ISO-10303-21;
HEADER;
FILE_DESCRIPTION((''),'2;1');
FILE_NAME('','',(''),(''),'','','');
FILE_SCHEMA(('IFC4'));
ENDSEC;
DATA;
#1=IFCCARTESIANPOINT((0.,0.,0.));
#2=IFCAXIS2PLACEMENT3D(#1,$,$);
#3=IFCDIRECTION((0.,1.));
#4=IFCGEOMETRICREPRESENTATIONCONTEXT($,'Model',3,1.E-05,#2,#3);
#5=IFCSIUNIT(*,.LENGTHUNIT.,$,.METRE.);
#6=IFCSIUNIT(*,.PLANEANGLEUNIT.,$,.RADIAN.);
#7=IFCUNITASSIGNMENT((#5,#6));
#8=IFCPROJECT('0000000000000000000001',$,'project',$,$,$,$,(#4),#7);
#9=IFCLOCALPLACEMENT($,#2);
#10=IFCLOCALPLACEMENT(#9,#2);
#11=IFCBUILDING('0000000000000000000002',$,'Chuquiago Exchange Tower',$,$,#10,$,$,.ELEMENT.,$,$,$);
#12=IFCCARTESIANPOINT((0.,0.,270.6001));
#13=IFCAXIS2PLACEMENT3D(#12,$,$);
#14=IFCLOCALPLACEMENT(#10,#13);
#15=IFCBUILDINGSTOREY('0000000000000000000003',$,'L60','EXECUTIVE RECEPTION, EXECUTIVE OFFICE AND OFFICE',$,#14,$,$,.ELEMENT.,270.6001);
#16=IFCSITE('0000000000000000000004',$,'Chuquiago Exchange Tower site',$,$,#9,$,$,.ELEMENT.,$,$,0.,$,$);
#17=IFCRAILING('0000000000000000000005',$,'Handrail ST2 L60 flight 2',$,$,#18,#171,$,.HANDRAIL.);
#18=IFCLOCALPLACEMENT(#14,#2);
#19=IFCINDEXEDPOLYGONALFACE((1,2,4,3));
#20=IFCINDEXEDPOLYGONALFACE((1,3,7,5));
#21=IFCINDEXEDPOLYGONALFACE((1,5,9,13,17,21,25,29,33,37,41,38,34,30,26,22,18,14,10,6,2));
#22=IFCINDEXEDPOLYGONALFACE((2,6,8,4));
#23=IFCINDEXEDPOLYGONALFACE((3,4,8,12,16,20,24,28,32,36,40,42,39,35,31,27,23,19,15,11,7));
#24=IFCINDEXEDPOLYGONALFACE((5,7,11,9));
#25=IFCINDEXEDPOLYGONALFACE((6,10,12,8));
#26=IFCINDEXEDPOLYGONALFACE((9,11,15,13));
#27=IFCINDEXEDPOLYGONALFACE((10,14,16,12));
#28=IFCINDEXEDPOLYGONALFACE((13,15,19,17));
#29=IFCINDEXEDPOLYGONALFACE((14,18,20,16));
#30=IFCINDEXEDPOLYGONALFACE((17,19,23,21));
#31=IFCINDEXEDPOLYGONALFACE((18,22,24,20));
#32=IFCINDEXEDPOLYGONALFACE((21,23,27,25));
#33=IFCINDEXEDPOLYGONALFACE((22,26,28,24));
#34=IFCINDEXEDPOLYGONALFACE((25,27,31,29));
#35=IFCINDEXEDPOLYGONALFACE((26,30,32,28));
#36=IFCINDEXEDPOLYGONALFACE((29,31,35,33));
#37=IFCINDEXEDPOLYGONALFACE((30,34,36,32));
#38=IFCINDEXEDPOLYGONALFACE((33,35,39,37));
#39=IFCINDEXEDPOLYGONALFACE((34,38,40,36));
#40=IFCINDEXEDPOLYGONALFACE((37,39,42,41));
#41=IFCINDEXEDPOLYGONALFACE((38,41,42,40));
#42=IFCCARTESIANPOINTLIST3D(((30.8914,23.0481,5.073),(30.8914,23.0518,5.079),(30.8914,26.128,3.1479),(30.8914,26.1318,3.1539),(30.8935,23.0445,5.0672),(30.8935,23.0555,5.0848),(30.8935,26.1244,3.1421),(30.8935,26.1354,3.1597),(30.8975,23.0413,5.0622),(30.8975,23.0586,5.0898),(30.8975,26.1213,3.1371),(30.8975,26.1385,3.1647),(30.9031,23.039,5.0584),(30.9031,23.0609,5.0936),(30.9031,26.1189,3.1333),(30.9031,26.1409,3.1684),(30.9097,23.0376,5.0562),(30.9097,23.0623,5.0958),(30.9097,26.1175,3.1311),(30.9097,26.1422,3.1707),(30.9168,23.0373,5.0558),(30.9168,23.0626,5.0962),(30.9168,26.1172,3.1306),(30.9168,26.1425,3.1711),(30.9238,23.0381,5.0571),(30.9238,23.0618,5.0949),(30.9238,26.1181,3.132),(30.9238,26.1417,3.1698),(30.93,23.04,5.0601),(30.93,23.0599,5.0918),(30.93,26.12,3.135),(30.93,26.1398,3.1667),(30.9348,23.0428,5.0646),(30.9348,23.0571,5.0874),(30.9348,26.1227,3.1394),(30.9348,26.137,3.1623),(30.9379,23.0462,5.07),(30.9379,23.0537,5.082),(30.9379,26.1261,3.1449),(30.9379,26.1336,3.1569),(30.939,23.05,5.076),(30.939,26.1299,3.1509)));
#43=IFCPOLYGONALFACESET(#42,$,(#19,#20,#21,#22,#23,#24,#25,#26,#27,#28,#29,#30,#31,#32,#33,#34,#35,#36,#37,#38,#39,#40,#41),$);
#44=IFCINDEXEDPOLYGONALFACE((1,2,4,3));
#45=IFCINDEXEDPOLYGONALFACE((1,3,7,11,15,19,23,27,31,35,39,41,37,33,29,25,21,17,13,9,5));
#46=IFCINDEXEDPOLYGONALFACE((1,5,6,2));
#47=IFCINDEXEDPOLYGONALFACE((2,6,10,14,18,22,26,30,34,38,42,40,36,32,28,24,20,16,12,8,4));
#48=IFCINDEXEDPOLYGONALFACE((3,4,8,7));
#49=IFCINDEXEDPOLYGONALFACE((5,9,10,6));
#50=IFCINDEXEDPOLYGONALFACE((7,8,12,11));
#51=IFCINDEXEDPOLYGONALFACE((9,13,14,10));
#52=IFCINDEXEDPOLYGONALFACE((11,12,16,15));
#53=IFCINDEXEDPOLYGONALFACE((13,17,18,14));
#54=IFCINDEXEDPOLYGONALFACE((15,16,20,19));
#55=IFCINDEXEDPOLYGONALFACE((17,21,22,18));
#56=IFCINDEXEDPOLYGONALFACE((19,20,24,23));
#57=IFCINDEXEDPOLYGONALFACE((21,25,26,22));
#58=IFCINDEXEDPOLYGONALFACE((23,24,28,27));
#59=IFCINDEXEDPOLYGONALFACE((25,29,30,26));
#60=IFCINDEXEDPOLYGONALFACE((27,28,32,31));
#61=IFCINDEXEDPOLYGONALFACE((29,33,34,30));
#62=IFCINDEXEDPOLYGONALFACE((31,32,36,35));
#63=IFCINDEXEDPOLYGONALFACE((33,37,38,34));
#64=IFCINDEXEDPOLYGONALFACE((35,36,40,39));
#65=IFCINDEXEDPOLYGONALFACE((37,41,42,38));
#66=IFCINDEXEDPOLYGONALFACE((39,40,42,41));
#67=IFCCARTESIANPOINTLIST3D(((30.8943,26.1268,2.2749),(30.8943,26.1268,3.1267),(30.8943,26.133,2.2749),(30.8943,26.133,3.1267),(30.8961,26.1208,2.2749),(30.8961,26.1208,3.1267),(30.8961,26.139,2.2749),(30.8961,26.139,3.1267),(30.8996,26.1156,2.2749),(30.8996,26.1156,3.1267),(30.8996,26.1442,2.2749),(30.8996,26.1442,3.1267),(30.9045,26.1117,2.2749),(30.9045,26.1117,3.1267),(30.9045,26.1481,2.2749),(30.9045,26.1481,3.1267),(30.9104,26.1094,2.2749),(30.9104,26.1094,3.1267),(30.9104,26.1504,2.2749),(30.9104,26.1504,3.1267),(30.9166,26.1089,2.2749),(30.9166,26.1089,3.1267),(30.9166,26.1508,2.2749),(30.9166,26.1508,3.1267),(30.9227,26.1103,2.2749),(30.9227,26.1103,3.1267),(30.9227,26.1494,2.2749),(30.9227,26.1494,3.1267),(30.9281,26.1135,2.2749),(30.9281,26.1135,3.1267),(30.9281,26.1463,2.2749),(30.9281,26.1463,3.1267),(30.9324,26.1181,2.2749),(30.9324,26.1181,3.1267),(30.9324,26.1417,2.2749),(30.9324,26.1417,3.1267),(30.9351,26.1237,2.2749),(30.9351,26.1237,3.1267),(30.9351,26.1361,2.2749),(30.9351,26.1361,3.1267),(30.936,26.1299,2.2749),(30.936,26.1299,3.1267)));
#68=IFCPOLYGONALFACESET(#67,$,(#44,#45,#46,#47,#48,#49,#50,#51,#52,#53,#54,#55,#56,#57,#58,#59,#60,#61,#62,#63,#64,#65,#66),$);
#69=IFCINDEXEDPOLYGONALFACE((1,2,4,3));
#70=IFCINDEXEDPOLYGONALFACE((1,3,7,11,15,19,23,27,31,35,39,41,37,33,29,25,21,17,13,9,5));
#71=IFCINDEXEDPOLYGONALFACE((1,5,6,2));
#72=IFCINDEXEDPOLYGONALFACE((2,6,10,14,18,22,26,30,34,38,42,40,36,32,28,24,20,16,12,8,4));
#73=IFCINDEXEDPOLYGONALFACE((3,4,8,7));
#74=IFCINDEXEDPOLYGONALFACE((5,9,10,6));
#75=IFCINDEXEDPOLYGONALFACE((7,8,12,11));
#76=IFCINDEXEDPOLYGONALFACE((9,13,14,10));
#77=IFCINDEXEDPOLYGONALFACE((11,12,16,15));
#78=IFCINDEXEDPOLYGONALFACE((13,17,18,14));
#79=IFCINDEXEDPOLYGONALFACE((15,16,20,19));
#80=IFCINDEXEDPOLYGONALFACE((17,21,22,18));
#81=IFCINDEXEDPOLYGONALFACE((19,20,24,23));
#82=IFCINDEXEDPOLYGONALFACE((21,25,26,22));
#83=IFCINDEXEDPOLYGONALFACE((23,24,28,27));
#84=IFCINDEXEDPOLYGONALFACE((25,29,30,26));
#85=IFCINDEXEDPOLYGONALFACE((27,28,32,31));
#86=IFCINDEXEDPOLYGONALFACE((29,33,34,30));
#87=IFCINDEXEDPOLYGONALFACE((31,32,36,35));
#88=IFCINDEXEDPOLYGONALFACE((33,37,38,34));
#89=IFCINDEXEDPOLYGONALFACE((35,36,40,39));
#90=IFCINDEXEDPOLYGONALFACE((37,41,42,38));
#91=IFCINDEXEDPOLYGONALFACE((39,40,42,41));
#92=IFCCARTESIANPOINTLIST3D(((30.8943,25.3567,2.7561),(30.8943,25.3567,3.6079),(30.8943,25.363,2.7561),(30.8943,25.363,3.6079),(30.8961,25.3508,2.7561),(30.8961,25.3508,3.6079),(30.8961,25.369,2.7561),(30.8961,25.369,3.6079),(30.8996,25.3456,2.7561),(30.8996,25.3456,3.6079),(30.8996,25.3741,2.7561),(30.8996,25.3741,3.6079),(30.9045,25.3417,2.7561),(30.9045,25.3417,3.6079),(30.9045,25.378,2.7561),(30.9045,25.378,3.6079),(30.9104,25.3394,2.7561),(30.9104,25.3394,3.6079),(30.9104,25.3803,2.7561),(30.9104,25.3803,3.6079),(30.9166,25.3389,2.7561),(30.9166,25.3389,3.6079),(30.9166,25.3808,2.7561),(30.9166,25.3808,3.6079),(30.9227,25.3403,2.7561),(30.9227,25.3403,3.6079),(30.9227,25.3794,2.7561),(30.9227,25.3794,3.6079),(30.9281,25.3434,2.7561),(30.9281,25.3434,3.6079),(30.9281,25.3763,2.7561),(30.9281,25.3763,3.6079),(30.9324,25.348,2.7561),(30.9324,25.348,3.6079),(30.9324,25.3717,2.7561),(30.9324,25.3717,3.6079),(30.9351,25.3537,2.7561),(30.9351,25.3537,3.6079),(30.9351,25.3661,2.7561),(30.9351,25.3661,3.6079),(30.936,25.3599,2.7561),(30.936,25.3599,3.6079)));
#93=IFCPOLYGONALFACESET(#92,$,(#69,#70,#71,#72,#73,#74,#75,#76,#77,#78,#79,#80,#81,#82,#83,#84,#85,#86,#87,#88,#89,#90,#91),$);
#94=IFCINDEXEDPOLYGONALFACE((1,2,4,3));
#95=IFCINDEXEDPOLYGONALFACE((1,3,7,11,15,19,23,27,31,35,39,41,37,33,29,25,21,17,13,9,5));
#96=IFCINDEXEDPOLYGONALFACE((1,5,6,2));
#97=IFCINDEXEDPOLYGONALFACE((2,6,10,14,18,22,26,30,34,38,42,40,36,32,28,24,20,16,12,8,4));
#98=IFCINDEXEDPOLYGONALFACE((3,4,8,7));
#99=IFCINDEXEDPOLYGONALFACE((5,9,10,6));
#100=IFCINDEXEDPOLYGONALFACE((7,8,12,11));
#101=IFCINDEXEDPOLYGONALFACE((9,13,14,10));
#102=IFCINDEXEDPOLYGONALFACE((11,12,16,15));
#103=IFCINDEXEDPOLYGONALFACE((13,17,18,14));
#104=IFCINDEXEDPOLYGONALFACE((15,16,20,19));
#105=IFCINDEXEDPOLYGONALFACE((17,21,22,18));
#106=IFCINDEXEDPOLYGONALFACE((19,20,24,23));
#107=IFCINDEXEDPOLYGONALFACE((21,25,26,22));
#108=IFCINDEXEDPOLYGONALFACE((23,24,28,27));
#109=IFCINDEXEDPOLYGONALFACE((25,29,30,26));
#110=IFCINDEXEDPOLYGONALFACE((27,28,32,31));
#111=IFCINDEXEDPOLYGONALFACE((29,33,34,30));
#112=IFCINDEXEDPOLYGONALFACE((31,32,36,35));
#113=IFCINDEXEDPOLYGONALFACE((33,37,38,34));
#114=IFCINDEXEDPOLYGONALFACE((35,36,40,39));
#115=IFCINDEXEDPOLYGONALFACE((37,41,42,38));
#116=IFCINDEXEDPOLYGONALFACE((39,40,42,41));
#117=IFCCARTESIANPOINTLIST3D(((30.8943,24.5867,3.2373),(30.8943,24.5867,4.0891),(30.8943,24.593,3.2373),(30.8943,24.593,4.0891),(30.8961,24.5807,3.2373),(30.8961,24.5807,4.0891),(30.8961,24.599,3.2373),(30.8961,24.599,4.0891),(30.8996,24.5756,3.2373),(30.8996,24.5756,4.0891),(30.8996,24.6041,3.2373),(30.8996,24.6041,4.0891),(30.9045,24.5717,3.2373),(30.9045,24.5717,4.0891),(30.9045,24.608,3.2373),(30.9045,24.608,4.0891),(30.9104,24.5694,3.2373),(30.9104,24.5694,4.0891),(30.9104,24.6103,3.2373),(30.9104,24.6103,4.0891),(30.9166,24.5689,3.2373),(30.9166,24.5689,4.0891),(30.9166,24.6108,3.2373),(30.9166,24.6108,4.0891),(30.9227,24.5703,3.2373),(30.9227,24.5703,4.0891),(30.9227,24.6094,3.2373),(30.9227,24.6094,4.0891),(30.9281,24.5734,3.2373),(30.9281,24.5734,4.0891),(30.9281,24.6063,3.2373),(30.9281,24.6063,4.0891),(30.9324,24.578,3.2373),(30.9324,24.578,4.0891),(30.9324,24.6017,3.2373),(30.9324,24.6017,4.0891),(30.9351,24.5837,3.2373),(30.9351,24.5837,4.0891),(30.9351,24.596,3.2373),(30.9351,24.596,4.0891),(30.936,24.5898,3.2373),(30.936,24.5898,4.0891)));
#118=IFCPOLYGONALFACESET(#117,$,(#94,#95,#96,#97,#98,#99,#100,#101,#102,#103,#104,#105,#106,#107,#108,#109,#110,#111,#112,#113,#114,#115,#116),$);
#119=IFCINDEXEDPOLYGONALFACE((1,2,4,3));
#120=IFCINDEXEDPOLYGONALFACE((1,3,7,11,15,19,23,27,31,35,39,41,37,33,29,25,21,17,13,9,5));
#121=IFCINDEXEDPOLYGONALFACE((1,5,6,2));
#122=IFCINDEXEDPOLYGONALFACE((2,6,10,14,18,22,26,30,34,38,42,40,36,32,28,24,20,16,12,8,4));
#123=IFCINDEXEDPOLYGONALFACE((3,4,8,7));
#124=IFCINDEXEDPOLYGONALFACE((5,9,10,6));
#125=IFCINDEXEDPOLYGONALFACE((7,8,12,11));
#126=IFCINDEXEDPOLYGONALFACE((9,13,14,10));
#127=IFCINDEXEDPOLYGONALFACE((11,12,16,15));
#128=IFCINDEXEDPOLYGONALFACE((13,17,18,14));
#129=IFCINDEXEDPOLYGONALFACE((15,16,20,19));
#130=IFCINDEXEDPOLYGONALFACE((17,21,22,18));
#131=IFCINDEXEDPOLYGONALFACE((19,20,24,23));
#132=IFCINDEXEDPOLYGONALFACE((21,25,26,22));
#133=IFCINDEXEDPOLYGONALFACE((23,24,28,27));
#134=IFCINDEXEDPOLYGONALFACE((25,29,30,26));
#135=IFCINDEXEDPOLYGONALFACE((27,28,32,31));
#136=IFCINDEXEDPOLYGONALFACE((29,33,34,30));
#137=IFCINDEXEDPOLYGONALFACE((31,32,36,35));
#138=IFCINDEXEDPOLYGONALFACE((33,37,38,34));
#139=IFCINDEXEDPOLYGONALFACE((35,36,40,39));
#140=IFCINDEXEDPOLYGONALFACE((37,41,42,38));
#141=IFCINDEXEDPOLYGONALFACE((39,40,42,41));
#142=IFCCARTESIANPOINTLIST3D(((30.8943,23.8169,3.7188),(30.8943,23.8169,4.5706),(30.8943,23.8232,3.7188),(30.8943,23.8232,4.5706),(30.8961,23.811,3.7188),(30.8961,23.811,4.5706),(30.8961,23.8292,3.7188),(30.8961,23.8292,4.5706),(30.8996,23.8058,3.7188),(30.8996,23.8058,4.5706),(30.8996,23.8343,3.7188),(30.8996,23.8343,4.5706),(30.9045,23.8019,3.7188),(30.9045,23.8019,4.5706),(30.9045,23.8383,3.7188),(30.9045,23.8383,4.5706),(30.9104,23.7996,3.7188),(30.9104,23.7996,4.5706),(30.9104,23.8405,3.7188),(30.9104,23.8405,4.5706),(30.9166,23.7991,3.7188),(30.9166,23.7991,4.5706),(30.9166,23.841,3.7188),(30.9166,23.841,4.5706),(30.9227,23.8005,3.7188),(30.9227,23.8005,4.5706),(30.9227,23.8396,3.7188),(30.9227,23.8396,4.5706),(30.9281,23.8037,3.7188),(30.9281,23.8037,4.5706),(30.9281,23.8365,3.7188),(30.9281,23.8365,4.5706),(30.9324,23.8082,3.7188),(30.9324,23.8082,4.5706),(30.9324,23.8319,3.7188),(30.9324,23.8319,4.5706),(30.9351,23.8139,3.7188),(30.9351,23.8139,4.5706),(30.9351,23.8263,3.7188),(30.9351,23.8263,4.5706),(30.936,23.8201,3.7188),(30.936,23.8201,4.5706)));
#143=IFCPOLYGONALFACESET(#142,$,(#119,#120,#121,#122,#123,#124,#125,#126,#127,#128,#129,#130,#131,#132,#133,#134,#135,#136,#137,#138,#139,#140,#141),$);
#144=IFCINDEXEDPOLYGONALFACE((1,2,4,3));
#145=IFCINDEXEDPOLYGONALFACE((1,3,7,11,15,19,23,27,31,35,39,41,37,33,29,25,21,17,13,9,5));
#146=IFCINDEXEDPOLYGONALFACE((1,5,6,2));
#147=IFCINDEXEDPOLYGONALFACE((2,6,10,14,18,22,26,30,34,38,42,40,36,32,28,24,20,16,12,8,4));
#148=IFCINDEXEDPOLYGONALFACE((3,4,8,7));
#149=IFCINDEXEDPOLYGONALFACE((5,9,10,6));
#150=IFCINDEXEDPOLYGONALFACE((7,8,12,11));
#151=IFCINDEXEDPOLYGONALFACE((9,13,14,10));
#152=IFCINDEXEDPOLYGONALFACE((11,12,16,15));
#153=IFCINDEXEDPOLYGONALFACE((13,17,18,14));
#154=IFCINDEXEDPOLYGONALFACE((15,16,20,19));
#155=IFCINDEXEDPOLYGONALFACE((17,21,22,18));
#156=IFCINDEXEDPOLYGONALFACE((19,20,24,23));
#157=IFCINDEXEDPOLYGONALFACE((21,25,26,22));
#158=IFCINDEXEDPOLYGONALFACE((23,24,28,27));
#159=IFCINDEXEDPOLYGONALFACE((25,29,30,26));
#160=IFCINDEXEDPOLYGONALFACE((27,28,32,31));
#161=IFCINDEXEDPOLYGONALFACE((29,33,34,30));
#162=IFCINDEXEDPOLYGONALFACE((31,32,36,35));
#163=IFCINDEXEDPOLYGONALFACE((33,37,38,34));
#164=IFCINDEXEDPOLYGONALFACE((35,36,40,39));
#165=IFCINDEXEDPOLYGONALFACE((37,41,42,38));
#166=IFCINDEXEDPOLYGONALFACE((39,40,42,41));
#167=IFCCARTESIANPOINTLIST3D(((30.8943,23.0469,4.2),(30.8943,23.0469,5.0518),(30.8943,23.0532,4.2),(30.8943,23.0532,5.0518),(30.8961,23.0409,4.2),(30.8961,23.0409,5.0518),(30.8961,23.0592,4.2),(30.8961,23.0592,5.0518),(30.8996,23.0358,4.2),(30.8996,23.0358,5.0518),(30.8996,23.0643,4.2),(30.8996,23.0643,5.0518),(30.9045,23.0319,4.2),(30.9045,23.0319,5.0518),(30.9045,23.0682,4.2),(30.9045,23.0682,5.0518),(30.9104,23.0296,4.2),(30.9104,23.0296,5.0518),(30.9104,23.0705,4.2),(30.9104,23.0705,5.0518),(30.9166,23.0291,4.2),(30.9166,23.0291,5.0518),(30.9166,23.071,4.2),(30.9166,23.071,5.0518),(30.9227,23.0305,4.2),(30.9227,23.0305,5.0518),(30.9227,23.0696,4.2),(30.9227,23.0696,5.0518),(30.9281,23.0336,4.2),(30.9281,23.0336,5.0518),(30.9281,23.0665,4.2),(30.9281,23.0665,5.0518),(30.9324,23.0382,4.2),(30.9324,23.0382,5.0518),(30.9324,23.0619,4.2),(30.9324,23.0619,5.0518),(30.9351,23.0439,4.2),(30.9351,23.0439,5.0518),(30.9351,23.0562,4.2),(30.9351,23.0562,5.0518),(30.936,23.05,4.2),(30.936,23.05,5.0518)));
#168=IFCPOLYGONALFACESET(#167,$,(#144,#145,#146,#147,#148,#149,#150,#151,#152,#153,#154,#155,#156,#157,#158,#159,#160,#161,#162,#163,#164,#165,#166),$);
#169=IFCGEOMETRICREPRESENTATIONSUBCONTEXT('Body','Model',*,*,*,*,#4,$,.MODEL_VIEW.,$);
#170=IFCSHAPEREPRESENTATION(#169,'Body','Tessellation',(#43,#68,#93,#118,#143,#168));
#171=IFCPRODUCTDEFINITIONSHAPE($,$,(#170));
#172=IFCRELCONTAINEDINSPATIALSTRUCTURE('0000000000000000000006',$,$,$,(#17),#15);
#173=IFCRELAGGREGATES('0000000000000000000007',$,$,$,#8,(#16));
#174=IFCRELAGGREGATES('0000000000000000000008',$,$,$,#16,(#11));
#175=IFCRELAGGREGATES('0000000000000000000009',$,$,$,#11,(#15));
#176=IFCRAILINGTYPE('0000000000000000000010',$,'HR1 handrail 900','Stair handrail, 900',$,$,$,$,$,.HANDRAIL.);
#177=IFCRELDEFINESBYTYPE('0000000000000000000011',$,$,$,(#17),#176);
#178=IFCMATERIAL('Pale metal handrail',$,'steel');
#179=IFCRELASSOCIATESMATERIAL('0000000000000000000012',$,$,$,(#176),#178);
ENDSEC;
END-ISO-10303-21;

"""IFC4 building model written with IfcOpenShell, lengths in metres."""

from ifc_helpers import new_model, si_unit, direction, frame, origin, origin_2d, place, context, subcontext, project, spatial, circle, extrude, material, type_object, element, save


model = new_model("IFC4")

# Units and contexts
model_context = context("Model", 3, precision=1e-05, world=origin(), true_north=direction((0.0, 1.0)))
body_context = subcontext(model_context, "Body", "Model", "MODEL_VIEW")
ifc_project = project(units=[si_unit("LENGTHUNIT", "METRE"), si_unit("PLANEANGLEUNIT", "RADIAN")], contexts=[model_context])

# Site, building, storey
site_placement = place(None, origin())
site = spatial("IfcSite", under=ifc_project, at=site_placement, Name="Chuquiago Exchange Tower site", CompositionType="ELEMENT", RefElevation=0.0)
building_placement = place(site_placement, origin())
building = spatial("IfcBuilding", under=site, at=building_placement, Name="Chuquiago Exchange Tower", CompositionType="ELEMENT")
storey_placement = place(building_placement, frame((0.0, 0.0, 270.6001)))
storey = spatial("IfcBuildingStorey", under=building, at=storey_placement, Name="L60", Description="EXECUTIVE RECEPTION, EXECUTIVE OFFICE AND OFFICE", CompositionType="ELEMENT", Elevation=270.6001)

# Railing
ifc_material_1 = material(Name="Pale metal handrail", Category="steel")
railing_type_1 = type_object("IfcRailingType", Name="HR1 handrail 900", Description="Stair handrail, 900", PredefinedType="HANDRAIL", material=ifc_material_1)
for number, where, name in (
    (1, (30.915, 26.1299, 2.2749), "Handrail ST2 L60 flight 2"),
):
    element("IfcRailing", number, at=place(storey_placement, frame(where)), inside=storey, type_object=railing_type_1, Name=name, PredefinedType="HANDRAIL", context=body_context, shape_type="SweptSolid", body=[
        extrude(circle(Radius=0.0239, at=origin_2d()), frame((0.0, 0.0, 0.876), z_axis=(0.0, -0.847979, 0.530029), x_axis=(1.0, 0.0, 0.0)), (0.0, 0.0, 1.0), 3.6321),
        extrude(circle(Radius=0.021, at=origin_2d()), origin(), (0.0, 0.0, 1.0), 0.8518),
        extrude(circle(Radius=0.021, at=origin_2d()), frame((0.0, -0.77, 0.4812)), (0.0, 0.0, 1.0), 0.8518),
        extrude(circle(Radius=0.021, at=origin_2d()), frame((0.0, -1.54, 0.9624)), (0.0, 0.0, 1.0), 0.8518),
        extrude(circle(Radius=0.021, at=origin_2d()), frame((0.0, -2.3098, 1.4438)), (0.0, 0.0, 1.0), 0.8518),
        extrude(circle(Radius=0.021, at=origin_2d()), frame((0.0, -3.0798, 1.925)), (0.0, 0.0, 1.0), 0.8518),
    ])

save(model, "model.ifc")
